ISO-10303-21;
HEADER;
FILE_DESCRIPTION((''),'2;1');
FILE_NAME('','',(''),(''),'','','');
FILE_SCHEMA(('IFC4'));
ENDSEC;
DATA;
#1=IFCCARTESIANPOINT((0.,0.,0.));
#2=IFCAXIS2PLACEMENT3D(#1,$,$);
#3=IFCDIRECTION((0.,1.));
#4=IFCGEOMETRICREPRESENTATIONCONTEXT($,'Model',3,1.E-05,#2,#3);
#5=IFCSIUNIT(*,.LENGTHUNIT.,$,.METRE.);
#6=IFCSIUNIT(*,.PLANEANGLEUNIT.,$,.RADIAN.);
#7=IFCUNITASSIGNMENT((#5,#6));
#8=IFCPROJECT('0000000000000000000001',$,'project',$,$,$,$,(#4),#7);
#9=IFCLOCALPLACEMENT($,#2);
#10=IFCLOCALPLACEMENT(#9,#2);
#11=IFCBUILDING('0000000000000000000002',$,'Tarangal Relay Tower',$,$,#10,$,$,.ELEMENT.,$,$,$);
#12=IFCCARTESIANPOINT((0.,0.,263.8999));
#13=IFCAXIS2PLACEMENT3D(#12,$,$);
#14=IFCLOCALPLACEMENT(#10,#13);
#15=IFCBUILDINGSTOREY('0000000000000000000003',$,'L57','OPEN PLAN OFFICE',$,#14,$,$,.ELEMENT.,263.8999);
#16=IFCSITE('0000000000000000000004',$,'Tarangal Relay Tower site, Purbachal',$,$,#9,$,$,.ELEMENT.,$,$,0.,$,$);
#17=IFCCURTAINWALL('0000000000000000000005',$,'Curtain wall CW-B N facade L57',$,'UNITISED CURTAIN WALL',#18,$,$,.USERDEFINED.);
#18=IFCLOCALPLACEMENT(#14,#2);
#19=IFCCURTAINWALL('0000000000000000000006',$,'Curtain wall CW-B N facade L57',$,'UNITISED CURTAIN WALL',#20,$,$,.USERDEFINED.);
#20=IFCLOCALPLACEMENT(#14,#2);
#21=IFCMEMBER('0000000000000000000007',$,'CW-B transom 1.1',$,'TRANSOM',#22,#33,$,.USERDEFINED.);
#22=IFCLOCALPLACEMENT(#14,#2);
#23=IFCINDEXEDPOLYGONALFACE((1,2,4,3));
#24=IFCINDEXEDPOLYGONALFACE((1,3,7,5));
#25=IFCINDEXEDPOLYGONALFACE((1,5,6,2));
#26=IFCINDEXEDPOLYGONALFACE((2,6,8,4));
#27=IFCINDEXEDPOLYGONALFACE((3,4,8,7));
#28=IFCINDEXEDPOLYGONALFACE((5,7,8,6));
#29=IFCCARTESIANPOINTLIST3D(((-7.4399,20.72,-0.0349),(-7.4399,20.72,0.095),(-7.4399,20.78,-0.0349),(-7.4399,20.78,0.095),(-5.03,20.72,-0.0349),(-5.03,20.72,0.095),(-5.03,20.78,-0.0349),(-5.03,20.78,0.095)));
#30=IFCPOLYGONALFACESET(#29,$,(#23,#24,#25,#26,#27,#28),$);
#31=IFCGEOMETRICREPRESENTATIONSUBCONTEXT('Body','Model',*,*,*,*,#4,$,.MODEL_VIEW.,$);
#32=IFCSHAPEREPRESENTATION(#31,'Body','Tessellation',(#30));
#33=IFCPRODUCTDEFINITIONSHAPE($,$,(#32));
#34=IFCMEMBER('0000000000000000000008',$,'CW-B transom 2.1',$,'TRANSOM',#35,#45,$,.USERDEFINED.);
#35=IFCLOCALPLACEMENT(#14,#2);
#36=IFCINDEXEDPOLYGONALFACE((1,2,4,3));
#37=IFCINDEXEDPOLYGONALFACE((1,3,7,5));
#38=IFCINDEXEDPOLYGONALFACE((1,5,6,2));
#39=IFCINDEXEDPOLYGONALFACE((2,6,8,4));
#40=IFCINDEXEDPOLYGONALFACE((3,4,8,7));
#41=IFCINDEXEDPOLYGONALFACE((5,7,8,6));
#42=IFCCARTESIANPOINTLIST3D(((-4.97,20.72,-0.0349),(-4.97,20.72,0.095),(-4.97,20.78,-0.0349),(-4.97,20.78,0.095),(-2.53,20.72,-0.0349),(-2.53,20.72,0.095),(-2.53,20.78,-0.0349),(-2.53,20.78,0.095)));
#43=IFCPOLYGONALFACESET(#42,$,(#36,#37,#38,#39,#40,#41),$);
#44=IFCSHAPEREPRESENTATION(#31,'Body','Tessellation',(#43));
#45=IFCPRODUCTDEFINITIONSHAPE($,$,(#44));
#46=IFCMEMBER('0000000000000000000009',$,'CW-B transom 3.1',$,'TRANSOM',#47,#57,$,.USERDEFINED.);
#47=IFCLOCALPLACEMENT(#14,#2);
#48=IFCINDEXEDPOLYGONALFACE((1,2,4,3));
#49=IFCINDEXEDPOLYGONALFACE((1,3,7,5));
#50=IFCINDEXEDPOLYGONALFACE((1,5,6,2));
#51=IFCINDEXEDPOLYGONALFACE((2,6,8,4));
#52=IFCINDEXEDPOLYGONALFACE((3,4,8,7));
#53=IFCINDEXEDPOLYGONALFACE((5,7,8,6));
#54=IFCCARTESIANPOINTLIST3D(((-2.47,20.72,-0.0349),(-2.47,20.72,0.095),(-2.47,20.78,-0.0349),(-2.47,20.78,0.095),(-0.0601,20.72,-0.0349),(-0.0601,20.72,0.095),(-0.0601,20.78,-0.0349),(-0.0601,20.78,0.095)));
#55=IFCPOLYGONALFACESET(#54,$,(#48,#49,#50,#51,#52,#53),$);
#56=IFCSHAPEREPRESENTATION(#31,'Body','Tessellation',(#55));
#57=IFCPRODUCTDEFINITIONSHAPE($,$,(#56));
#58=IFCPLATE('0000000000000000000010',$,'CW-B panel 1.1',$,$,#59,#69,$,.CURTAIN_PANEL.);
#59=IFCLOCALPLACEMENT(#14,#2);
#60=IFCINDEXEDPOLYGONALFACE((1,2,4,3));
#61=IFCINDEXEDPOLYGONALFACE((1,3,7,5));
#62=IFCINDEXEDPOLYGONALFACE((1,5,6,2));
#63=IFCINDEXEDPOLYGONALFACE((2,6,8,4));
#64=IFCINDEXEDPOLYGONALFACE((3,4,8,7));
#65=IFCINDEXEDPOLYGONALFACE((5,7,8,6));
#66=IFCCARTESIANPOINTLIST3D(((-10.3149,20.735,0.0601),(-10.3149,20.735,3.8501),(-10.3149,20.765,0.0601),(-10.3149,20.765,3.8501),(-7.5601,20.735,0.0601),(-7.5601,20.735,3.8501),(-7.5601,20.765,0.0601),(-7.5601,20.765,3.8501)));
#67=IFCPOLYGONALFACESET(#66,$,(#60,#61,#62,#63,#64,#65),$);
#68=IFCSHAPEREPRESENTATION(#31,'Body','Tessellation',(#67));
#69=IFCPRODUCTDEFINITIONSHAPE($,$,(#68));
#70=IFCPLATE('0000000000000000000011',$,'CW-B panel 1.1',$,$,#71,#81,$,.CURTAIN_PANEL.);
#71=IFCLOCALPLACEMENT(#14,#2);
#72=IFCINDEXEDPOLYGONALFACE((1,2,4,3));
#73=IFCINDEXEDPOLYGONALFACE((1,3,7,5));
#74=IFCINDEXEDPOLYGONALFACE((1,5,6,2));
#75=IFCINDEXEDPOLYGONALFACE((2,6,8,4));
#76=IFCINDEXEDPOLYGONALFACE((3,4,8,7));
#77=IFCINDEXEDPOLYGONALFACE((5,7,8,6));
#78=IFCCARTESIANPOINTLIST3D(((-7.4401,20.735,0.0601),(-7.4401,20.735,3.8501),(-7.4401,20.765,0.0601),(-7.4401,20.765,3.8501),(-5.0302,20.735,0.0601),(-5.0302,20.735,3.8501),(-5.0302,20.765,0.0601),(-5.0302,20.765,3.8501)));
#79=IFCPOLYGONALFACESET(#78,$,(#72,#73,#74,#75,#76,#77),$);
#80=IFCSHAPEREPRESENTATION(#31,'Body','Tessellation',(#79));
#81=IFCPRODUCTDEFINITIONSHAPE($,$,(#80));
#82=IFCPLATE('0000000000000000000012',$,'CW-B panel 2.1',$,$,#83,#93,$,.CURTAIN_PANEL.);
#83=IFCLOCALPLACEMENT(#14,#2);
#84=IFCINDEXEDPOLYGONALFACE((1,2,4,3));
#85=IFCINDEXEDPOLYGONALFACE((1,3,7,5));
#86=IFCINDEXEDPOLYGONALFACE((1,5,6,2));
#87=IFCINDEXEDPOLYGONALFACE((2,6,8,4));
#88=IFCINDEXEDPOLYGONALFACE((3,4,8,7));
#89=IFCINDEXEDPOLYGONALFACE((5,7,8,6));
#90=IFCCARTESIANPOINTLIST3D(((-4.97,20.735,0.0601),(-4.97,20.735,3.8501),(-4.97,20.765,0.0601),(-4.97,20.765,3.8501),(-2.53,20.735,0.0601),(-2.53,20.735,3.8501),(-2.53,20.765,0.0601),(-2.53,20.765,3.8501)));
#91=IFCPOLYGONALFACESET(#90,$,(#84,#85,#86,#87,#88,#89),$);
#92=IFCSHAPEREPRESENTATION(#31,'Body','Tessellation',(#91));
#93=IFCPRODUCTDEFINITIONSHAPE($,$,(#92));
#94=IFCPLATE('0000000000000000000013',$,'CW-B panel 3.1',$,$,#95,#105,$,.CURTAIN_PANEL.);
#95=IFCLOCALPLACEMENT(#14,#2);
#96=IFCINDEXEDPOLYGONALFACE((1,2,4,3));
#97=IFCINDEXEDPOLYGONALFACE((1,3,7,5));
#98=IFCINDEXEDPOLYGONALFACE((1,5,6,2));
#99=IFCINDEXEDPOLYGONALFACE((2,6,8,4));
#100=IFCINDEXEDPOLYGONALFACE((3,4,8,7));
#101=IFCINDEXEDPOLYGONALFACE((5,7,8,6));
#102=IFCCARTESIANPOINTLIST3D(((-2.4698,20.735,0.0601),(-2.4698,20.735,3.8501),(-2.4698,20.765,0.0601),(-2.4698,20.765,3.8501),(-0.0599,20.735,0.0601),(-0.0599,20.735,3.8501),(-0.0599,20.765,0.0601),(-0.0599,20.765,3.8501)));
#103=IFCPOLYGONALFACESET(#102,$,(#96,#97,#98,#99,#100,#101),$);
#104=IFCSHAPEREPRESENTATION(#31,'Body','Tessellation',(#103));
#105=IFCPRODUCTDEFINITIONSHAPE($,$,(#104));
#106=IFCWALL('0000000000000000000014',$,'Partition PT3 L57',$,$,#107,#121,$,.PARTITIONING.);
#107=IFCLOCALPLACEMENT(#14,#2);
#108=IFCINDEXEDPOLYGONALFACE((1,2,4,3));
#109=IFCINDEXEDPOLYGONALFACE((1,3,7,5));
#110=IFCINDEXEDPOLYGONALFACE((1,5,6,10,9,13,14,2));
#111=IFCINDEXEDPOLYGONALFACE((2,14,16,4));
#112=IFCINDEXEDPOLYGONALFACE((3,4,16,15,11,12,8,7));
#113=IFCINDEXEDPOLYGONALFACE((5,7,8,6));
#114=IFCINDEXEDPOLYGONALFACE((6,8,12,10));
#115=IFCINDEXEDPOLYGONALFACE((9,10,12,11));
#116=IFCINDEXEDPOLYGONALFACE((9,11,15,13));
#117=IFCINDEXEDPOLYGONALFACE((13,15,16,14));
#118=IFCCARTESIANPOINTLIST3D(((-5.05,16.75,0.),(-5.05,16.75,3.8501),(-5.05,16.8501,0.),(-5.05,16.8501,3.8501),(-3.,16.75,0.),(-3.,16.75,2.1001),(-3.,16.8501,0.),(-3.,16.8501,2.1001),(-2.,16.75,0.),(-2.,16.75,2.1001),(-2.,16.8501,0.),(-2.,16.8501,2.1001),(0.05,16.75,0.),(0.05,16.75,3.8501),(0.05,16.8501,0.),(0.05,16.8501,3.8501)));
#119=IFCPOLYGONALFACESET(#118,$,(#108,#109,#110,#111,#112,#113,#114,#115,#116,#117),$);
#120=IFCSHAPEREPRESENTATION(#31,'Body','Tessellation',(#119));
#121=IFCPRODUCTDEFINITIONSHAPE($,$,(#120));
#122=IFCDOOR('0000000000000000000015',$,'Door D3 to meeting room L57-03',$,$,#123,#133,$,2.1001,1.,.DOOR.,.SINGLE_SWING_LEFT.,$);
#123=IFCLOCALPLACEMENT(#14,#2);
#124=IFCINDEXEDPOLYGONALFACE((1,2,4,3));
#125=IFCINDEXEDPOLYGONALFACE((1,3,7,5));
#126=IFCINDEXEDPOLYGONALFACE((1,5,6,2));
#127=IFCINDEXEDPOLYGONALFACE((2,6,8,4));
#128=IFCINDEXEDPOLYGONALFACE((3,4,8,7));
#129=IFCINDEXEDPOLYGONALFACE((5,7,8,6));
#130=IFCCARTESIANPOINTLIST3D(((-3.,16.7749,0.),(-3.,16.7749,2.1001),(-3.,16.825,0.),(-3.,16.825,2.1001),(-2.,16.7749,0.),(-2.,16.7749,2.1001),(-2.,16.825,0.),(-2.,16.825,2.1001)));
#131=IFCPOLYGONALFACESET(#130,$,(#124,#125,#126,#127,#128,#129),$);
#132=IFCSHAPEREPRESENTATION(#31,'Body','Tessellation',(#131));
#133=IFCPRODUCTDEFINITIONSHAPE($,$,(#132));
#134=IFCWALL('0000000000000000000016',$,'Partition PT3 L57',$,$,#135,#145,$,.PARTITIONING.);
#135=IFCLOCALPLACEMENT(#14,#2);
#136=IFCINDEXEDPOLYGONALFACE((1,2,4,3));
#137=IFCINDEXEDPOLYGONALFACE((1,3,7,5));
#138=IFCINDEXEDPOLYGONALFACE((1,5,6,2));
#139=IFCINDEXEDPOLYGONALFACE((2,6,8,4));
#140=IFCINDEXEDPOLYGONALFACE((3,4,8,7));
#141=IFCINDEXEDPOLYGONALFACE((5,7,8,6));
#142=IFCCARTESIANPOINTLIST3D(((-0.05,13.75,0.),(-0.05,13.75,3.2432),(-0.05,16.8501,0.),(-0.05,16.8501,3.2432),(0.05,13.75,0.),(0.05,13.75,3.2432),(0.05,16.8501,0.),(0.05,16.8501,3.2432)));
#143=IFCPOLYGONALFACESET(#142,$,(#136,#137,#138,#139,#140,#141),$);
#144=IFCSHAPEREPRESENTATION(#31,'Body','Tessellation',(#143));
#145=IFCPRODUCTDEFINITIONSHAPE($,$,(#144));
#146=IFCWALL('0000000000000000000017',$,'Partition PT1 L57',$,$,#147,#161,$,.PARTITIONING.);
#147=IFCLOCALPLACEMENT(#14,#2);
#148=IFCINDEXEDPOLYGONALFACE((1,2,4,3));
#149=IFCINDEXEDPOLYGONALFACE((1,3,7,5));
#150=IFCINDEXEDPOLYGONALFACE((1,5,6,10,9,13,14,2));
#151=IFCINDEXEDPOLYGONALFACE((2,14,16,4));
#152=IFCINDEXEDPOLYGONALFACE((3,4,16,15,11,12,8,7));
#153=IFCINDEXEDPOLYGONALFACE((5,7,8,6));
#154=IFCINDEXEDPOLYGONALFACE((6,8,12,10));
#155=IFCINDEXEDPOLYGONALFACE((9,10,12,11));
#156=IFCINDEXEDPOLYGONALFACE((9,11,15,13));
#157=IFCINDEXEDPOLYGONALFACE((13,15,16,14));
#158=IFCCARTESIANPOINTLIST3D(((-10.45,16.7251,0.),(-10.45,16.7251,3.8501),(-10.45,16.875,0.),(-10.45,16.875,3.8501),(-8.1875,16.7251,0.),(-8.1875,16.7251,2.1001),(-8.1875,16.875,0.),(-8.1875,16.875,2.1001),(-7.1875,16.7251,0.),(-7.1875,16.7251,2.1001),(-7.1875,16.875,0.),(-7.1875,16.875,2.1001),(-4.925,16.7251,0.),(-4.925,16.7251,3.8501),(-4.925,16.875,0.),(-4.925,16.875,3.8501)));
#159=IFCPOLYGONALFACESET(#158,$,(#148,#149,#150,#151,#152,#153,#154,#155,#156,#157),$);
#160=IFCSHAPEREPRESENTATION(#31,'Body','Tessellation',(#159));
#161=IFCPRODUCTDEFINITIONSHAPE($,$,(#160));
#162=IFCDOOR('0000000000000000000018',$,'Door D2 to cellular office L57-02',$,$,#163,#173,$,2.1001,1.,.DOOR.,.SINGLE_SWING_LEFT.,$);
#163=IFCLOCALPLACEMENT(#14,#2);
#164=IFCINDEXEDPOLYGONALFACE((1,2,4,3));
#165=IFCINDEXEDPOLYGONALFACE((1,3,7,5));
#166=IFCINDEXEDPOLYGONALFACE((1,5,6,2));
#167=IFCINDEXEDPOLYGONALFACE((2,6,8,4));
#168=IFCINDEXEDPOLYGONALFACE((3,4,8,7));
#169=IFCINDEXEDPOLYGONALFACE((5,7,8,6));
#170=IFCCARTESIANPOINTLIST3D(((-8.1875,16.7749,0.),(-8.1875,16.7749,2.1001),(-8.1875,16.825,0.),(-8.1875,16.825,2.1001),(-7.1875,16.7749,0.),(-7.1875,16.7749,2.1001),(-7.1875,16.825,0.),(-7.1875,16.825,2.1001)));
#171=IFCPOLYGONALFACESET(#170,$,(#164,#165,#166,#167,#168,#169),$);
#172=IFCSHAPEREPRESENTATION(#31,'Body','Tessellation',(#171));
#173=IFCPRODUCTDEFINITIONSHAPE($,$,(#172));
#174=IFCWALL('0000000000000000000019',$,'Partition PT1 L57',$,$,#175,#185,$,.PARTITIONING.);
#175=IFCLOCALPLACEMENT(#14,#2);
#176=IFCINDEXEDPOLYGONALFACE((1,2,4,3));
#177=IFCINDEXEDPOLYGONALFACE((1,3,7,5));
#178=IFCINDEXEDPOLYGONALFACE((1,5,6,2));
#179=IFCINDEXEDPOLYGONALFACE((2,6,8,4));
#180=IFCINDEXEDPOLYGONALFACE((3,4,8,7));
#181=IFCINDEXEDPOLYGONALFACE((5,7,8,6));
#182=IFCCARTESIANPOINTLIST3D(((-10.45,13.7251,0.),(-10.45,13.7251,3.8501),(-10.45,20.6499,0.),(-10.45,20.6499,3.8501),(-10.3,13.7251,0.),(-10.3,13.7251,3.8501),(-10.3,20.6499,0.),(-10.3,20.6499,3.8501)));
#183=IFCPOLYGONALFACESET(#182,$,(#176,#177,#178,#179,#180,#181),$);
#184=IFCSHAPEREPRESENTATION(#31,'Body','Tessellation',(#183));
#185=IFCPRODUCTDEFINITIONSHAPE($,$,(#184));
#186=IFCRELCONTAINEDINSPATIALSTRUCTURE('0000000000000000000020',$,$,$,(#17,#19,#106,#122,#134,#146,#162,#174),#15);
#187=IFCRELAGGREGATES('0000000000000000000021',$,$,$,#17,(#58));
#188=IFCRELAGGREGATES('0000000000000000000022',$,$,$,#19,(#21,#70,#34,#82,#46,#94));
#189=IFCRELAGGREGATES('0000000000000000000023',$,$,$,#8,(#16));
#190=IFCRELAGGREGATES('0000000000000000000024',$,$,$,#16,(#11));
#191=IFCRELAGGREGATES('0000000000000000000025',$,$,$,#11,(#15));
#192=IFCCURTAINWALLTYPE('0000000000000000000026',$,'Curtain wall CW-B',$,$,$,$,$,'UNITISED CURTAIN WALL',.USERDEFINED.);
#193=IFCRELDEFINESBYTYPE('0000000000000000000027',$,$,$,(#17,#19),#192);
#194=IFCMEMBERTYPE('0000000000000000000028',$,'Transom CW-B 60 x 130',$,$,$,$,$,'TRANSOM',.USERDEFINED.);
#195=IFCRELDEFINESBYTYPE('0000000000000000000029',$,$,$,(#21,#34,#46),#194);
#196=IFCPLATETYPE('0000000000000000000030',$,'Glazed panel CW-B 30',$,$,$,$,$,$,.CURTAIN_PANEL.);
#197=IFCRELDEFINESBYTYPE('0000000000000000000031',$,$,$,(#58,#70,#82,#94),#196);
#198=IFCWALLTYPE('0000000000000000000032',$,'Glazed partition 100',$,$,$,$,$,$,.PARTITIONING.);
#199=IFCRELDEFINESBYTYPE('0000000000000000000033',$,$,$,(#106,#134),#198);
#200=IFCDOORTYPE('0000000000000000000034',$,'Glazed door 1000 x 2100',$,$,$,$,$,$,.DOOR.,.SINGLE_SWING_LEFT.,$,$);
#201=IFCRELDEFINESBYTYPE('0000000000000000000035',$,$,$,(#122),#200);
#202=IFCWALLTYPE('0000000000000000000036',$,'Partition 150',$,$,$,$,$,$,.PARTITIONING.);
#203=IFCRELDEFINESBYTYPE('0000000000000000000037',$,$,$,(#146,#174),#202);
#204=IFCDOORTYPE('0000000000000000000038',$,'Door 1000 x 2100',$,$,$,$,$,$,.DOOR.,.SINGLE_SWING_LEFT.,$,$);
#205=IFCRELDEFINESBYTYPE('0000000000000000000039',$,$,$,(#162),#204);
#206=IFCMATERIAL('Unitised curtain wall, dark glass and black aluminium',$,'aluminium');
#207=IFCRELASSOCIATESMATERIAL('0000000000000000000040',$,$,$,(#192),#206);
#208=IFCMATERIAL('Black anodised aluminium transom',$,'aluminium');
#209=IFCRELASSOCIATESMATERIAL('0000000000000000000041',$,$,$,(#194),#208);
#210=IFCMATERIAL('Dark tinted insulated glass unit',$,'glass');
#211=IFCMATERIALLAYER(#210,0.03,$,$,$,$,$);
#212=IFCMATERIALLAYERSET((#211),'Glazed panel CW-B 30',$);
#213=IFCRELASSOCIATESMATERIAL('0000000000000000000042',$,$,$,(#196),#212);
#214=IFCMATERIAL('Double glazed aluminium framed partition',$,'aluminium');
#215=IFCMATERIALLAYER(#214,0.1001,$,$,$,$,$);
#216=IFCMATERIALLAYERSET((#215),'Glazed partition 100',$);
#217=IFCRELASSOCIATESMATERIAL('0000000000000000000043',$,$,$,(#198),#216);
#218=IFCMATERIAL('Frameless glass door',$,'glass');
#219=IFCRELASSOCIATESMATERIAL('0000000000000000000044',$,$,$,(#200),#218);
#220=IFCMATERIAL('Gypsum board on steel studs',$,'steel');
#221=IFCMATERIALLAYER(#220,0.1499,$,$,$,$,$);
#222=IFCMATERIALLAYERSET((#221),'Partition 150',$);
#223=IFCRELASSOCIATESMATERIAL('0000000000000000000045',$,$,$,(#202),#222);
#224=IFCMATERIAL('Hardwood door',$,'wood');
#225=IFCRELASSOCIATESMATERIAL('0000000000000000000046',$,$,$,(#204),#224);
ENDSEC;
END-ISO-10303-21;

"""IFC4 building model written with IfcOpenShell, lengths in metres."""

from ifc_helpers import new_model, si_unit, direction, frame, frame_2d, origin, origin_2d, place, context, subcontext, project, spatial, rectangle, extrude, material, layer, layer_set, material_profile, profile_set, type_object, element, fill, aggregate, save


model = new_model("IFC4")

# Units and contexts
model_context = context("Model", 3, precision=1e-05, world=origin(), true_north=direction((0.0, 1.0)))
body_context = subcontext(model_context, "Body", "Model", "MODEL_VIEW")
ifc_project = project(units=[si_unit("LENGTHUNIT", "METRE"), si_unit("PLANEANGLEUNIT", "RADIAN")], contexts=[model_context])

# Site, building, storey
site_placement = place(None, origin())
site = spatial("IfcSite", under=ifc_project, at=site_placement, Name="Tarangal Relay Tower site, Purbachal", CompositionType="ELEMENT", RefElevation=0.0)
building_placement = place(site_placement, origin())
building = spatial("IfcBuilding", under=site, at=building_placement, Name="Tarangal Relay Tower", CompositionType="ELEMENT")
storey_placement = place(building_placement, frame((0.0, 0.0, 263.8999)))
storey = spatial("IfcBuildingStorey", under=building, at=storey_placement, Name="L57", Description="OPEN PLAN OFFICE", CompositionType="ELEMENT", Elevation=263.8999)

# Curtain walls
ifc_material_1 = material(Name="Unitised curtain wall, dark glass and black aluminium", Category="aluminium")
curtain_wall_type_1 = type_object("IfcCurtainWallType", Name="Curtain wall CW-B", ElementType="UNITISED CURTAIN WALL", PredefinedType="USERDEFINED", material=ifc_material_1)
curtain_wall_1_placement = place(storey_placement, origin())
curtain_wall_1 = element("IfcCurtainWall", 1, at=curtain_wall_1_placement, inside=storey, type_object=curtain_wall_type_1, Name="Curtain wall CW-B N facade L57", ObjectType="UNITISED CURTAIN WALL", PredefinedType="USERDEFINED")
curtain_wall_2_placement = place(storey_placement, origin())
curtain_wall_2 = element("IfcCurtainWall", 2, at=curtain_wall_2_placement, inside=storey, type_object=curtain_wall_type_1, Name="Curtain wall CW-B N facade L57", ObjectType="UNITISED CURTAIN WALL", PredefinedType="USERDEFINED")

# Members
ifc_material_2 = material(Name="Black anodised aluminium transom", Category="aluminium")
ifc_material_profile_1 = material_profile(ifc_material_2, rectangle(XDim=0.0601, YDim=0.1299, at=origin_2d()), Name="CW-BT 60X130")
ifc_profile_set_1 = profile_set([ifc_material_profile_1], Name="Black anodised aluminium transom")
member_type_1 = type_object("IfcMemberType", Name="Transom CW-B 60 x 130", ElementType="TRANSOM", PredefinedType="USERDEFINED", material=ifc_profile_set_1)
member_1_placement = place(storey_placement, frame((-7.4399, 20.75, 0.03), z_axis=(1.0, 0.0, 0.0), x_axis=(0.0, 1.0, 0.0)))
member_1 = element("IfcMember", 3, at=member_1_placement, type_object=member_type_1, Name="CW-B transom 1.1", ObjectType="TRANSOM", PredefinedType="USERDEFINED", context=body_context, shape_type="SweptSolid", body=[
    extrude(rectangle(XDim=0.0601, YDim=0.1299, at=origin_2d()), origin(), (0.0, 0.0, 1.0), 2.4099),
])
member_2_placement = place(storey_placement, frame((-4.97, 20.75, 0.03), z_axis=(1.0, 0.0, 0.0), x_axis=(0.0, 1.0, 0.0)))
member_2 = element("IfcMember", 4, at=member_2_placement, type_object=member_type_1, Name="CW-B transom 2.1", ObjectType="TRANSOM", PredefinedType="USERDEFINED", context=body_context, shape_type="SweptSolid", body=[
    extrude(rectangle(XDim=0.0601, YDim=0.1299, at=origin_2d()), origin(), (0.0, 0.0, 1.0), 2.4399),
])
member_3_placement = place(storey_placement, frame((-2.47, 20.75, 0.03), z_axis=(1.0, 0.0, 0.0), x_axis=(0.0, 1.0, 0.0)))
member_3 = element("IfcMember", 5, at=member_3_placement, type_object=member_type_1, Name="CW-B transom 3.1", ObjectType="TRANSOM", PredefinedType="USERDEFINED", context=body_context, shape_type="SweptSolid", body=[
    extrude(rectangle(XDim=0.0601, YDim=0.1299, at=origin_2d()), origin(), (0.0, 0.0, 1.0), 2.4099),
])

# Plates
ifc_material_3 = material(Name="Dark tinted insulated glass unit", Category="glass")
ifc_layer_1 = layer(ifc_material_3, 0.03)
ifc_layer_set_1 = layer_set([ifc_layer_1], Name="Glazed panel CW-B 30")
plate_type = type_object("IfcPlateType", Name="Glazed panel CW-B 30", PredefinedType="CURTAIN_PANEL", material=ifc_layer_set_1)
plate_1_placement = place(storey_placement, frame((-8.9375, 20.75, 0.0601), z_axis=(0.0, 0.0, 1.0), x_axis=(1.0, 0.0, 0.0)))
plate_1 = element("IfcPlate", 6, at=plate_1_placement, type_object=plate_type, Name="CW-B panel 1.1", PredefinedType="CURTAIN_PANEL", context=body_context, shape_type="SweptSolid", body=[
    extrude(rectangle(XDim=2.7549, YDim=0.03, at=origin_2d()), origin(), (0.0, 0.0, 1.0), 3.79),
])
aggregate(curtain_wall_1, [plate_1])
plate_2_placement = place(storey_placement, frame((-6.2351, 20.75, 0.0601), z_axis=(0.0, 0.0, 1.0), x_axis=(1.0, 0.0, 0.0)))
plate_2 = element("IfcPlate", 7, at=plate_2_placement, type_object=plate_type, Name="CW-B panel 1.1", PredefinedType="CURTAIN_PANEL", context=body_context, shape_type="SweptSolid", body=[
    extrude(rectangle(XDim=2.4099, YDim=0.03, at=origin_2d()), origin(), (0.0, 0.0, 1.0), 3.79),
])
plate_3_placement = place(storey_placement, frame((-3.75, 20.75, 0.0601), z_axis=(0.0, 0.0, 1.0), x_axis=(1.0, 0.0, 0.0)))
plate_3 = element("IfcPlate", 8, at=plate_3_placement, type_object=plate_type, Name="CW-B panel 2.1", PredefinedType="CURTAIN_PANEL", context=body_context, shape_type="SweptSolid", body=[
    extrude(rectangle(XDim=2.4399, YDim=0.03, at=origin_2d()), origin(), (0.0, 0.0, 1.0), 3.79),
])
plate_4_placement = place(storey_placement, frame((-1.2649, 20.75, 0.0601), z_axis=(0.0, 0.0, 1.0), x_axis=(1.0, 0.0, 0.0)))
plate_4 = element("IfcPlate", 9, at=plate_4_placement, type_object=plate_type, Name="CW-B panel 3.1", PredefinedType="CURTAIN_PANEL", context=body_context, shape_type="SweptSolid", body=[
    extrude(rectangle(XDim=2.4099, YDim=0.03, at=origin_2d()), origin(), (0.0, 0.0, 1.0), 3.79),
])
aggregate(curtain_wall_2, [member_1, plate_2, member_2, plate_3, member_3, plate_4])

# Wall, opening, door
ifc_material_4 = material(Name="Double glazed aluminium framed partition", Category="aluminium")
ifc_layer_2 = layer(ifc_material_4, 0.1001)
ifc_layer_set_2 = layer_set([ifc_layer_2], Name="Glazed partition 100")
wall_type_1 = type_object("IfcWallType", Name="Glazed partition 100", PredefinedType="PARTITIONING", material=ifc_layer_set_2)
wall_1_placement = place(storey_placement, frame((-5.05, 16.8, 0.0), z_axis=(0.0, 0.0, 1.0), x_axis=(1.0, 0.0, 0.0)))
wall_1 = element("IfcWall", 10, at=wall_1_placement, inside=storey, type_object=wall_type_1, Name="Partition PT3 L57", PredefinedType="PARTITIONING", context=body_context, shape_type="SweptSolid", body=[
    extrude(rectangle(XDim=5.1001, YDim=0.1001, at=frame_2d((2.55, 0.0))), origin(), (0.0, 0.0, 1.0), 3.8501),
])
opening_1_placement = place(wall_1_placement, frame((2.05, 0.0, 0.0)))
opening_1 = element("IfcOpeningElement", 11, at=opening_1_placement, cuts=wall_1, PredefinedType="OPENING", context=body_context, shape_type="SweptSolid", body=[
    extrude(rectangle(XDim=1.0, YDim=2.1001, at=frame_2d((0.5, 1.05))), frame((0.0, 0.0601, 0.0), z_axis=(0.0, -1.0, 0.0), x_axis=(1.0, 0.0, 0.0)), (0.0, 0.0, 1.0), 0.1201),
])
ifc_material_5 = material(Name="Frameless glass door", Category="glass")
door_type_1 = type_object("IfcDoorType", Name="Glazed door 1000 x 2100", OperationType="SINGLE_SWING_LEFT", PredefinedType="DOOR", material=ifc_material_5)
door_1_placement = place(opening_1_placement, origin())
door_1 = element("IfcDoor", 12, at=door_1_placement, inside=storey, type_object=door_type_1, Name="Door D3 to meeting room L57-03", OperationType="SINGLE_SWING_LEFT", OverallHeight=2.1001, OverallWidth=1.0, PredefinedType="DOOR", context=body_context, shape_type="SweptSolid", body=[
    extrude(rectangle(XDim=1.0, YDim=2.1001, at=frame_2d((0.5, 1.05))), frame((0.0, 0.0249, 0.0), z_axis=(0.0, -1.0, 0.0), x_axis=(1.0, 0.0, 0.0)), (0.0, 0.0, 1.0), 0.05),
])
fill(opening_1, door_1)

# Wall
wall_2_placement = place(storey_placement, frame((0.0, 13.75, 0.0), z_axis=(0.0, 0.0, 1.0), x_axis=(0.0, 1.0, 0.0)))
element("IfcWall", 13, at=wall_2_placement, inside=storey, type_object=wall_type_1, Name="Partition PT3 L57", PredefinedType="PARTITIONING", context=body_context, shape_type="SweptSolid", body=[
    extrude(rectangle(XDim=3.1001, YDim=0.1001, at=frame_2d((1.55, 0.0))), origin(), (0.0, 0.0, 1.0), 3.2432),
])

# Wall, opening, door
ifc_material_6 = material(Name="Gypsum board on steel studs", Category="steel")
ifc_layer_3 = layer(ifc_material_6, 0.1499)
ifc_layer_set_3 = layer_set([ifc_layer_3], Name="Partition 150")
wall_type_2 = type_object("IfcWallType", Name="Partition 150", PredefinedType="PARTITIONING", material=ifc_layer_set_3)
wall_3_placement = place(storey_placement, frame((-10.45, 16.8, 0.0), z_axis=(0.0, 0.0, 1.0), x_axis=(1.0, 0.0, 0.0)))
wall_3 = element("IfcWall", 14, at=wall_3_placement, inside=storey, type_object=wall_type_2, Name="Partition PT1 L57", PredefinedType="PARTITIONING", context=body_context, shape_type="SweptSolid", body=[
    extrude(rectangle(XDim=5.5249, YDim=0.1499, at=frame_2d((2.7625, 0.0))), origin(), (0.0, 0.0, 1.0), 3.8501),
])
opening_2_placement = place(wall_3_placement, frame((2.2625, 0.0, 0.0)))
opening_2 = element("IfcOpeningElement", 15, at=opening_2_placement, cuts=wall_3, PredefinedType="OPENING", context=body_context, shape_type="SweptSolid", body=[
    extrude(rectangle(XDim=1.0, YDim=2.1001, at=frame_2d((0.5, 1.05))), frame((0.0, 0.085, 0.0), z_axis=(0.0, -1.0, 0.0), x_axis=(1.0, 0.0, 0.0)), (0.0, 0.0, 1.0), 0.1699),
])
ifc_material_7 = material(Name="Hardwood door", Category="wood")
door_type_2 = type_object("IfcDoorType", Name="Door 1000 x 2100", OperationType="SINGLE_SWING_LEFT", PredefinedType="DOOR", material=ifc_material_7)
door_2_placement = place(opening_2_placement, origin())
door_2 = element("IfcDoor", 16, at=door_2_placement, inside=storey, type_object=door_type_2, Name="Door D2 to cellular office L57-02", OperationType="SINGLE_SWING_LEFT", OverallHeight=2.1001, OverallWidth=1.0, PredefinedType="DOOR", context=body_context, shape_type="SweptSolid", body=[
    extrude(rectangle(XDim=1.0, YDim=2.1001, at=frame_2d((0.5, 1.05))), frame((0.0, 0.0249, 0.0), z_axis=(0.0, -1.0, 0.0), x_axis=(1.0, 0.0, 0.0)), (0.0, 0.0, 1.0), 0.05),
])
fill(opening_2, door_2)

# Wall
wall_4_placement = place(storey_placement, frame((-10.375, 13.7251, 0.0), z_axis=(0.0, 0.0, 1.0), x_axis=(0.0, 1.0, 0.0)))
element("IfcWall", 17, at=wall_4_placement, inside=storey, type_object=wall_type_2, Name="Partition PT1 L57", PredefinedType="PARTITIONING", context=body_context, shape_type="SweptSolid", body=[
    extrude(rectangle(XDim=6.9248, YDim=0.1499, at=frame_2d((3.4624, 0.0))), origin(), (0.0, 0.0, 1.0), 3.8501),
])

save(model, "model.ifc")
